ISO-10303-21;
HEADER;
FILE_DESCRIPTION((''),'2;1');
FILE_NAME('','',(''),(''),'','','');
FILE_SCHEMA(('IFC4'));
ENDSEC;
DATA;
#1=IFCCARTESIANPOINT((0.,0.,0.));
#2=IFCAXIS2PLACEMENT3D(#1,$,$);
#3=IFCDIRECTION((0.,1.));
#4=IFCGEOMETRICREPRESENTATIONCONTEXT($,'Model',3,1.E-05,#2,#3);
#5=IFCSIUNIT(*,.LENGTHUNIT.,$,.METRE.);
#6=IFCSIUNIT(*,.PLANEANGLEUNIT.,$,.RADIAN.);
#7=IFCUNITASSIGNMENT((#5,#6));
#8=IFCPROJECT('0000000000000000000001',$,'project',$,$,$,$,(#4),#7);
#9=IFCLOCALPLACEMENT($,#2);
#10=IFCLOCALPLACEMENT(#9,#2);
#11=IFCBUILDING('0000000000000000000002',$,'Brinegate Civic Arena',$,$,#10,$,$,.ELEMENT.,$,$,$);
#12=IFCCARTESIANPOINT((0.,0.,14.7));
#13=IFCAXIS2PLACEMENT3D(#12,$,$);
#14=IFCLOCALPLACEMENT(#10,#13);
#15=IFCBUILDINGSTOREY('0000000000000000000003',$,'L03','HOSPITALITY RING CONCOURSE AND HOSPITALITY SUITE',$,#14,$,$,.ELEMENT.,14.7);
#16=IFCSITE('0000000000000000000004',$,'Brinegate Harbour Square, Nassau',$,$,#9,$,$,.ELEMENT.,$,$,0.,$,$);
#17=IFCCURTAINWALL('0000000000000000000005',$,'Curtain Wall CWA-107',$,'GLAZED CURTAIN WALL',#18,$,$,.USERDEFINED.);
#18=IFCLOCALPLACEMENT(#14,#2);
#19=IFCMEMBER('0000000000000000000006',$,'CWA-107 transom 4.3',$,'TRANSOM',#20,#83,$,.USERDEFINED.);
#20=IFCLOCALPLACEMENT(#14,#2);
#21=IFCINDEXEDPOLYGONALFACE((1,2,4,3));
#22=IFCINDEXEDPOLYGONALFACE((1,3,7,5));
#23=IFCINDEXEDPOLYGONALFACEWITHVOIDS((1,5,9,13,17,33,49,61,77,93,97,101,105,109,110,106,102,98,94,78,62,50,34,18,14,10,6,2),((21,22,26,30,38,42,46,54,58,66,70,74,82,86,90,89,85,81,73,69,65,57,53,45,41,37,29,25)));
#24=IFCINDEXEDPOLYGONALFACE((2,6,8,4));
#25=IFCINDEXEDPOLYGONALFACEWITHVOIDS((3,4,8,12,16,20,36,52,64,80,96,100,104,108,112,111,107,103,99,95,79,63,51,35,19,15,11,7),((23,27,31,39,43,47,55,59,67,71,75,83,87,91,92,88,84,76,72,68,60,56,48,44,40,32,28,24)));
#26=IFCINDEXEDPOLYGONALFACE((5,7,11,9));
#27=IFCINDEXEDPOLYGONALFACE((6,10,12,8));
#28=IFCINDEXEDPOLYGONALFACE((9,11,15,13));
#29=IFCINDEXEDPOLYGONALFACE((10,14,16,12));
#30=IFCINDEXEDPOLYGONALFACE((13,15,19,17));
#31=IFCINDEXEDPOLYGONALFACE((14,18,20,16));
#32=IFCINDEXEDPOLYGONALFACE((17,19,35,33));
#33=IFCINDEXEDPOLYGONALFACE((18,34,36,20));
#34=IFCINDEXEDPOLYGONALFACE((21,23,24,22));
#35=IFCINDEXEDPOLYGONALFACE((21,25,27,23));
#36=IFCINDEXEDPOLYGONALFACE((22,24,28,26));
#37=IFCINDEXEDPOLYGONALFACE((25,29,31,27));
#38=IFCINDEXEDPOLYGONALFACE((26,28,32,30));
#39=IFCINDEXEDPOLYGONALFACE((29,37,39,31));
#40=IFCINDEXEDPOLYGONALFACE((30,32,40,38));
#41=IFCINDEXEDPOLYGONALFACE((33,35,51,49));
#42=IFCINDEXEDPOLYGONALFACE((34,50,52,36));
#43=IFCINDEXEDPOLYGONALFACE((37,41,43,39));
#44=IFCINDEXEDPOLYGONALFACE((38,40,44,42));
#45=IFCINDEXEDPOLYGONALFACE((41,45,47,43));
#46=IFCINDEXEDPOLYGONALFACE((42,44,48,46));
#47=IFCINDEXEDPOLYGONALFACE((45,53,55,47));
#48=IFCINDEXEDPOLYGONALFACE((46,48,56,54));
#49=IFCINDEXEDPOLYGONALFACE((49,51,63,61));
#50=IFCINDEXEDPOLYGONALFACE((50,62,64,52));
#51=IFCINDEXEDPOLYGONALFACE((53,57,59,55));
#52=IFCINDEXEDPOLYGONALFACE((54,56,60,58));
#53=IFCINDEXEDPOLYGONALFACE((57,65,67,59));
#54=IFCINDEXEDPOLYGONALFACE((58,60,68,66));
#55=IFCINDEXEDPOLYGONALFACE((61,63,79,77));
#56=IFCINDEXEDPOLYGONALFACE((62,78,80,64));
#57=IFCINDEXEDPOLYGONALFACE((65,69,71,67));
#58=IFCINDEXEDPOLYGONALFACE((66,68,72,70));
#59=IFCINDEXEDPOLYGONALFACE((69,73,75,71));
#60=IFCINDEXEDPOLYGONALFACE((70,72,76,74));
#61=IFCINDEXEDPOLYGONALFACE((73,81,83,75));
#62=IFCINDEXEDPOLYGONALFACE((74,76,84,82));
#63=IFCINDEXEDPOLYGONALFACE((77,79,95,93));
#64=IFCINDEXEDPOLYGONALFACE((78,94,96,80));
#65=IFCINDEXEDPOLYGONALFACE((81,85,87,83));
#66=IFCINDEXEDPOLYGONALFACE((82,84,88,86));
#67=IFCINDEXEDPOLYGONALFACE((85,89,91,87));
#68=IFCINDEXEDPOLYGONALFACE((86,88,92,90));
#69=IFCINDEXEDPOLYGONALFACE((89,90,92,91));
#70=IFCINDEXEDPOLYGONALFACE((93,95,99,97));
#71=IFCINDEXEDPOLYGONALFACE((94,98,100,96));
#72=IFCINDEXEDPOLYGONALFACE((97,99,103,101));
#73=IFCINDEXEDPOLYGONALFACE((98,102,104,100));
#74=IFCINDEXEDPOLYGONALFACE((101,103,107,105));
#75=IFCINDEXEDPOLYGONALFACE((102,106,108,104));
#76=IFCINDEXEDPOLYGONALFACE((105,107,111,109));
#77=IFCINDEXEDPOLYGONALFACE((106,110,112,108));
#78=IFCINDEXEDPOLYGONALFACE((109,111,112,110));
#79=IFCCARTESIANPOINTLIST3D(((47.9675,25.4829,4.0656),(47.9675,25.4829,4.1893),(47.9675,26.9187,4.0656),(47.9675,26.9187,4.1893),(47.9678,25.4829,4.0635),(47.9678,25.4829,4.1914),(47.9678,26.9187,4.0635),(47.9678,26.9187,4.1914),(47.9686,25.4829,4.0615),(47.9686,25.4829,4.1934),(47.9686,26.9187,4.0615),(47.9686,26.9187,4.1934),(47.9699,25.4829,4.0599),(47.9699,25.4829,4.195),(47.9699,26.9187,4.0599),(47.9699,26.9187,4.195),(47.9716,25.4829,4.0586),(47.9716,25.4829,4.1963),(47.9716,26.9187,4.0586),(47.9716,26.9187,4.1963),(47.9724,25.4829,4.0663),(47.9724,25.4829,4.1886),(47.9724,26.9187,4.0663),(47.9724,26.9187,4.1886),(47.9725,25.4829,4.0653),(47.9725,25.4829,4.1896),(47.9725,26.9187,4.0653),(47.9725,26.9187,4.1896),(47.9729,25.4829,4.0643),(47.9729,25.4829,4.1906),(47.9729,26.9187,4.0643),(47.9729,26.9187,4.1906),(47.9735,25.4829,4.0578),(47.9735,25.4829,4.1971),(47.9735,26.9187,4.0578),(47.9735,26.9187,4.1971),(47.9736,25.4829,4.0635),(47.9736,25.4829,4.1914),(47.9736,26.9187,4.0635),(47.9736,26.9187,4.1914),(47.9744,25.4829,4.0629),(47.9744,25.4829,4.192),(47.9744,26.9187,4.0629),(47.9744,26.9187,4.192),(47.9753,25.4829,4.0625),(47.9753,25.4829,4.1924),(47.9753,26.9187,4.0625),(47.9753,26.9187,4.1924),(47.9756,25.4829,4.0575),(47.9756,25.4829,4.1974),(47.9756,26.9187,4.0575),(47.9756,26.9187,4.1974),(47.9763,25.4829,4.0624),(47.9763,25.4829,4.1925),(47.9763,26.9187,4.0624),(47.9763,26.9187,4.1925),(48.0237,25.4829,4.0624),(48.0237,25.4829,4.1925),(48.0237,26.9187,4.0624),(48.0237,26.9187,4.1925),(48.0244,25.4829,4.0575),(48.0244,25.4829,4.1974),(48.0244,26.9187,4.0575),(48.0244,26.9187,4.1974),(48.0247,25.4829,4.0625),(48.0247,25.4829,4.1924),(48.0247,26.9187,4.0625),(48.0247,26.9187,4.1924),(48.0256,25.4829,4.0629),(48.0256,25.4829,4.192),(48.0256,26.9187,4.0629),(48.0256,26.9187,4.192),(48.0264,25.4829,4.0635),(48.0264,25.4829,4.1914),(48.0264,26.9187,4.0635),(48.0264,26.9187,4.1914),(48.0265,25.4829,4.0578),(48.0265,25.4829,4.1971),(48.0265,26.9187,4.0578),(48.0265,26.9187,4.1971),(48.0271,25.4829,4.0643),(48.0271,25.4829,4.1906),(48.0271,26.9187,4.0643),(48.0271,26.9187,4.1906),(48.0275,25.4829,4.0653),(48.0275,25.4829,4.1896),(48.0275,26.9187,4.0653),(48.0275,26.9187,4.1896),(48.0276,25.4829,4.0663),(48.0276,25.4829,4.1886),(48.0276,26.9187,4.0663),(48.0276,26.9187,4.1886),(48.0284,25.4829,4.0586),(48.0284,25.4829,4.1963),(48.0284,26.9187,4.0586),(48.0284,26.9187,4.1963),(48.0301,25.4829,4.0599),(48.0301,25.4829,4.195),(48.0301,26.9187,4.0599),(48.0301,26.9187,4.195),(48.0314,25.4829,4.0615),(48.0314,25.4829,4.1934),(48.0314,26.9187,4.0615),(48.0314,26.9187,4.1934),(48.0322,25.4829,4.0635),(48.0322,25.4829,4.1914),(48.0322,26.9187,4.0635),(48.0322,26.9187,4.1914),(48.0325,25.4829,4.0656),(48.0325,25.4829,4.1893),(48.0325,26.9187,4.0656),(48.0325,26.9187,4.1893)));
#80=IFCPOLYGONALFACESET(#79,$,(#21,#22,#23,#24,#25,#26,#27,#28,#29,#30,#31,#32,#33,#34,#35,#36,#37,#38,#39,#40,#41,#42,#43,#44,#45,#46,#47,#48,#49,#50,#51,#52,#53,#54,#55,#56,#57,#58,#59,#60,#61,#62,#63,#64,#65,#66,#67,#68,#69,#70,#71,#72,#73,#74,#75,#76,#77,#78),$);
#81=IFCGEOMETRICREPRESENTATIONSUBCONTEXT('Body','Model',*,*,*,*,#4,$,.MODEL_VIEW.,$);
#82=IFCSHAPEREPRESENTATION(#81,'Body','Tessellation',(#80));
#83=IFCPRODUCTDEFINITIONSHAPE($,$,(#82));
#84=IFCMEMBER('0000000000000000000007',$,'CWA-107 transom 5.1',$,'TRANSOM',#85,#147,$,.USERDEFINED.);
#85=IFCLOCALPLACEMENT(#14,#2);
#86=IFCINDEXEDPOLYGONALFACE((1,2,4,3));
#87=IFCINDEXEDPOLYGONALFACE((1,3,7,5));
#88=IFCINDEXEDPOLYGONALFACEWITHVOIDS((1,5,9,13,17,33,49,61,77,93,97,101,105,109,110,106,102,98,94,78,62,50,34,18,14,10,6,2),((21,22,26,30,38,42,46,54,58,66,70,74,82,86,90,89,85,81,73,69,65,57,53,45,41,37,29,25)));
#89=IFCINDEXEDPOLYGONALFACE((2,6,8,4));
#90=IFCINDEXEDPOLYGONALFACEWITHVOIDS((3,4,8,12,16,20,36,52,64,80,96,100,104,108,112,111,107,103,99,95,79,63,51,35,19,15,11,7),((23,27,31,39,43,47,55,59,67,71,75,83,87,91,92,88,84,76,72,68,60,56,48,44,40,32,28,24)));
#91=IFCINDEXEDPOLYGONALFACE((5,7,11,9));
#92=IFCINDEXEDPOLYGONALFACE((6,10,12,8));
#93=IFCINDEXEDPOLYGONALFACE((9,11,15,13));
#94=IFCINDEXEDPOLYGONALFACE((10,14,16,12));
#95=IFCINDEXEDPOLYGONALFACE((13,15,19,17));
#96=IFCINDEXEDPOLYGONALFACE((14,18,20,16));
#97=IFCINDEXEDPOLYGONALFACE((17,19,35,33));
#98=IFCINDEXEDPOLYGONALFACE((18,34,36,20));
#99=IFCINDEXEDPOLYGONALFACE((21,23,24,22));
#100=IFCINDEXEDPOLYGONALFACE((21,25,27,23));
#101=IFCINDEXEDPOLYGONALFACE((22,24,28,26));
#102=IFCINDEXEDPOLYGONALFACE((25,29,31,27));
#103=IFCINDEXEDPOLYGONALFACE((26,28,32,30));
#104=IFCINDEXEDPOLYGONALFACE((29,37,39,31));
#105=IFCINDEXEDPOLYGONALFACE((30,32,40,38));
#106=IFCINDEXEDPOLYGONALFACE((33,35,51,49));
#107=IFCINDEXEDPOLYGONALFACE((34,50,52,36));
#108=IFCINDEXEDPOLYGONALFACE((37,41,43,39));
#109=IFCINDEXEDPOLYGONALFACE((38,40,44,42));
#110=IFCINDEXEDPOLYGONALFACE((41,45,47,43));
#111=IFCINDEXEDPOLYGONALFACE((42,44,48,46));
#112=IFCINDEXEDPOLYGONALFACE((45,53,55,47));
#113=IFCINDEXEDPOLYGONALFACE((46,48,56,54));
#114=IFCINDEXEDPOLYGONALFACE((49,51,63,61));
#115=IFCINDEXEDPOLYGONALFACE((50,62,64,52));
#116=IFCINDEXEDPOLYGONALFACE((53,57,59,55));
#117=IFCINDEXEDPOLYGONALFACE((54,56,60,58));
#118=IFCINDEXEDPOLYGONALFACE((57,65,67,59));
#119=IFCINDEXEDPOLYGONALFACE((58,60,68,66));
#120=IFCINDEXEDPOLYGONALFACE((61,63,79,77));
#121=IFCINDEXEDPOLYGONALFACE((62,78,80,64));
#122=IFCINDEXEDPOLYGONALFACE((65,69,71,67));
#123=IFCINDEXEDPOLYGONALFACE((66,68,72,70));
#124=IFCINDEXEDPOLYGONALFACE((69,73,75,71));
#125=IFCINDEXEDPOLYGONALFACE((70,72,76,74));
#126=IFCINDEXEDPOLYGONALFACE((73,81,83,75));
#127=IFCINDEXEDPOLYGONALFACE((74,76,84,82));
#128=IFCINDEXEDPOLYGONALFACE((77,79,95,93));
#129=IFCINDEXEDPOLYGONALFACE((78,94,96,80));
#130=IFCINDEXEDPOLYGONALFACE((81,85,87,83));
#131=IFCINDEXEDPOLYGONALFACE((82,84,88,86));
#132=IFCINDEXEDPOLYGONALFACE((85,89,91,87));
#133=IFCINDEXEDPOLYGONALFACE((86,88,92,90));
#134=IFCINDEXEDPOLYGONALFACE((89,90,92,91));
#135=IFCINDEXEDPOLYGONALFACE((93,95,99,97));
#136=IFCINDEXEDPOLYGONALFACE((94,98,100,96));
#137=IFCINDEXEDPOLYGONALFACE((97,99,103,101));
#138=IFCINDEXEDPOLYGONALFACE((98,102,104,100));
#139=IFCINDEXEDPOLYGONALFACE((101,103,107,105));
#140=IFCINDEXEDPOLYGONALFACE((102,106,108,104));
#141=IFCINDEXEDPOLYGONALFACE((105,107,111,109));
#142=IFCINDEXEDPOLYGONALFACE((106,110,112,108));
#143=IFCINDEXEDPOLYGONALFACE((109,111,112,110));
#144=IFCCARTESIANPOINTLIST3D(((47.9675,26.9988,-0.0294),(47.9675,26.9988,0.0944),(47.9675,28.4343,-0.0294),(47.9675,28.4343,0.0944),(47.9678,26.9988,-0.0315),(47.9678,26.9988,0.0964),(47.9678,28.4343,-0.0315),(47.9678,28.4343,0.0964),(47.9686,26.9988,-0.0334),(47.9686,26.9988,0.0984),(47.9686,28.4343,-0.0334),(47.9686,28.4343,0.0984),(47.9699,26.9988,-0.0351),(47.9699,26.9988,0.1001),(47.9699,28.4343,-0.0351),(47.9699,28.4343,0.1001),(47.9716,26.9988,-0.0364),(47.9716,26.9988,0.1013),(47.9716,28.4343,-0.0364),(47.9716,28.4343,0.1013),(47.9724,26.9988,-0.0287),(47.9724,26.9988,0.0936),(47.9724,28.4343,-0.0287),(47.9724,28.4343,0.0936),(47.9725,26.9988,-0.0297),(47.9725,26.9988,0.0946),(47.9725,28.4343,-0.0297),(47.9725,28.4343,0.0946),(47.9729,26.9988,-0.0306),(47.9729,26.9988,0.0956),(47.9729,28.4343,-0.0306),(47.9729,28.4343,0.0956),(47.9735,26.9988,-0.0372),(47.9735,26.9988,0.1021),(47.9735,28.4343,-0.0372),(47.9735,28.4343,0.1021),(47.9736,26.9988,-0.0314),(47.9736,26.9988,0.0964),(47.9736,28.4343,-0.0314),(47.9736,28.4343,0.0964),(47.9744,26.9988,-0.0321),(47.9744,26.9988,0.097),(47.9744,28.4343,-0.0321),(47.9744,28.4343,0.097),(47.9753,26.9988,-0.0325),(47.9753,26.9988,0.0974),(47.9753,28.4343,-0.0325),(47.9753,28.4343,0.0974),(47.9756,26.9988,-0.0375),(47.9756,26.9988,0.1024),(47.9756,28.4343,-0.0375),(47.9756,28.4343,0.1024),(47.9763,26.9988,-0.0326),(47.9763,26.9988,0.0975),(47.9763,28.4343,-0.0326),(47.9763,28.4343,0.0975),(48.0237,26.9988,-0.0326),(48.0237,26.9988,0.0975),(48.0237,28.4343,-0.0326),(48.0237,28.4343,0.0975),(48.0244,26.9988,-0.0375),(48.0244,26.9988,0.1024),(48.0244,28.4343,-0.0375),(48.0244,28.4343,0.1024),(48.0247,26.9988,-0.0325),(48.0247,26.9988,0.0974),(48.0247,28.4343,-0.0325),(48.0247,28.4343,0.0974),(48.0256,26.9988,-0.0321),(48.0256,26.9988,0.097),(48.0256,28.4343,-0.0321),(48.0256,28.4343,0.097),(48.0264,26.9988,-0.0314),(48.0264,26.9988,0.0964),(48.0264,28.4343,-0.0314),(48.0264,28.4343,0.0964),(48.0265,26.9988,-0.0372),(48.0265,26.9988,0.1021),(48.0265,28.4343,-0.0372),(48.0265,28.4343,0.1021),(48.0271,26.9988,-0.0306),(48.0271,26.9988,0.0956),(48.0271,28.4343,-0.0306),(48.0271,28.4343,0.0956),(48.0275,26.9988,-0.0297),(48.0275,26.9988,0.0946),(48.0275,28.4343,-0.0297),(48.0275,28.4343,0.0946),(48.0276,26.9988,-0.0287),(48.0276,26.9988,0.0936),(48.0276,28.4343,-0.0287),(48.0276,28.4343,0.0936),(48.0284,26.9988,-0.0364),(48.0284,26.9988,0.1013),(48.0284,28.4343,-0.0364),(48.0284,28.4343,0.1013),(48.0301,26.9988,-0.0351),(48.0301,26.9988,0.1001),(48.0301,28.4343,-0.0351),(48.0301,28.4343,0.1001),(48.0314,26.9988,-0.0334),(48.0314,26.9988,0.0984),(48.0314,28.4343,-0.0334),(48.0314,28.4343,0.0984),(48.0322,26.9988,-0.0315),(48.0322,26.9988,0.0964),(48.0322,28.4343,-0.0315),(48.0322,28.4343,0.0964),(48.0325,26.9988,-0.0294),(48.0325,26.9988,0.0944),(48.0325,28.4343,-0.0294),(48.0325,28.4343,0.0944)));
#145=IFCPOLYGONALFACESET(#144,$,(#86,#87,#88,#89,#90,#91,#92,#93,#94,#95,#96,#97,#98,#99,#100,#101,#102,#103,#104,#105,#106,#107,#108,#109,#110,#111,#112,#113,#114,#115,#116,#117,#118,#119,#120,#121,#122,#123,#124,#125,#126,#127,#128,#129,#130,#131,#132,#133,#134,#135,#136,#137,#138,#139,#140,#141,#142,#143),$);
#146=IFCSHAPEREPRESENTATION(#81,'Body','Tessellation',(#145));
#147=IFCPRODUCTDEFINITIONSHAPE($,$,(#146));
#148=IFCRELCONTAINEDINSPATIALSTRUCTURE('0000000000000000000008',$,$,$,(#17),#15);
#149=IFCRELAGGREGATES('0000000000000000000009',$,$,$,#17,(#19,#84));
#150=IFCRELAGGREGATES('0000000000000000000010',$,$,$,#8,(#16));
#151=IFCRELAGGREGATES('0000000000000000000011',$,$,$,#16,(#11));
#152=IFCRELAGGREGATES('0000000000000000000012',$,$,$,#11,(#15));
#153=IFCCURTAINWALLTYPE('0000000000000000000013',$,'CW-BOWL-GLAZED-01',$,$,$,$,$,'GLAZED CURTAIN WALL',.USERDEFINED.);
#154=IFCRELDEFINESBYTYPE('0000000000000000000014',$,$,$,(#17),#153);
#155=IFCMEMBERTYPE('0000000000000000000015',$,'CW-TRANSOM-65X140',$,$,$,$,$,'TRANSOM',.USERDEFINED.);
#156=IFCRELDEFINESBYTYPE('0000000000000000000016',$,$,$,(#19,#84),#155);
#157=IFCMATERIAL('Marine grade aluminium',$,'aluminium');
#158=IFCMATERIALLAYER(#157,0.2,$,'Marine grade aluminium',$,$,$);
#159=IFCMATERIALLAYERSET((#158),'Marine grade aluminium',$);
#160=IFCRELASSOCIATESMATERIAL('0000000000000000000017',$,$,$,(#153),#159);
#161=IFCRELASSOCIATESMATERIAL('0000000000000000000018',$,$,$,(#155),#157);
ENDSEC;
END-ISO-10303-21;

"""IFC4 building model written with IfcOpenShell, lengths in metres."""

from ifc_helpers import new_model, si_unit, direction, frame, origin, origin_2d, place, context, subcontext, project, spatial, hollow_rectangle, extrude, material, layer, layer_set, material_profile, profile_set, type_object, element, aggregate, save


model = new_model("IFC4")

# Units and contexts
model_context = context("Model", 3, precision=1e-05, world=origin(), true_north=direction((0.0, 1.0)))
body_context = subcontext(model_context, "Body", "Model", "MODEL_VIEW")
ifc_project = project(units=[si_unit("LENGTHUNIT", "METRE"), si_unit("PLANEANGLEUNIT", "RADIAN")], contexts=[model_context])

# Site, building, storey
site_placement = place(None, origin())
site = spatial("IfcSite", under=ifc_project, at=site_placement, Name="Brinegate Harbour Square, Nassau", CompositionType="ELEMENT", RefElevation=0.0)
building_placement = place(site_placement, origin())
building = spatial("IfcBuilding", under=site, at=building_placement, Name="Brinegate Civic Arena", CompositionType="ELEMENT")
storey_placement = place(building_placement, frame((0.0, 0.0, 14.7)))
storey = spatial("IfcBuildingStorey", under=building, at=storey_placement, Name="L03", Description="HOSPITALITY RING CONCOURSE AND HOSPITALITY SUITE", CompositionType="ELEMENT", Elevation=14.7)

# Curtain wall, members
ifc_material_1 = material(Name="Marine grade aluminium", Category="aluminium")
ifc_layer_1 = layer(ifc_material_1, 0.2, Name="Marine grade aluminium")
ifc_layer_set_1 = layer_set([ifc_layer_1], Name="Marine grade aluminium")
curtain_wall_type = type_object("IfcCurtainWallType", Name="CW-BOWL-GLAZED-01", ElementType="GLAZED CURTAIN WALL", PredefinedType="USERDEFINED", material=ifc_layer_set_1)
curtain_wall_1_placement = place(storey_placement, origin())
curtain_wall_1 = element("IfcCurtainWall", 1, at=curtain_wall_1_placement, inside=storey, type_object=curtain_wall_type, Name="Curtain Wall CWA-107", ObjectType="GLAZED CURTAIN WALL", PredefinedType="USERDEFINED")
ifc_material_profile_1 = material_profile(ifc_material_1, hollow_rectangle(XDim=0.0649, YDim=0.1399, WallThickness=0.0049, InnerFilletRadius=0.0039, OuterFilletRadius=0.0081, at=origin_2d()), Name="TRN65X140")
ifc_profile_set_1 = profile_set([ifc_material_profile_1], Name="Marine grade aluminium")
member_type_1 = type_object("IfcMemberType", Name="CW-TRANSOM-65X140", ElementType="TRANSOM", PredefinedType="USERDEFINED", material=ifc_profile_set_1)
member_1_placement = place(storey_placement, frame((48.0, 25.4829, 4.1274), z_axis=(0.0, 1.0, 0.0), x_axis=(-1.0, 0.0, 0.0)))
member_1 = element("IfcMember", 2, at=member_1_placement, type_object=member_type_1, Name="CWA-107 transom 4.3", ObjectType="TRANSOM", PredefinedType="USERDEFINED", context=body_context, shape_type="SweptSolid", body=[
    extrude(hollow_rectangle(XDim=0.0649, YDim=0.1399, WallThickness=0.0049, InnerFilletRadius=0.0039, OuterFilletRadius=0.0081, at=origin_2d()), origin(), (0.0, 0.0, 1.0), 1.4358),
])
member_2_placement = place(storey_placement, frame((48.0, 26.9988, 0.0325), z_axis=(0.0, 1.0, 0.0), x_axis=(-1.0, 0.0, 0.0)))
member_2 = element("IfcMember", 3, at=member_2_placement, type_object=member_type_1, Name="CWA-107 transom 5.1", ObjectType="TRANSOM", PredefinedType="USERDEFINED", context=body_context, shape_type="SweptSolid", body=[
    extrude(hollow_rectangle(XDim=0.0649, YDim=0.1399, WallThickness=0.0049, InnerFilletRadius=0.0039, OuterFilletRadius=0.0081, at=origin_2d()), origin(), (0.0, 0.0, 1.0), 1.4355),
])

aggregate(curtain_wall_1, [member_1, member_2])

save(model, "model.ifc")
